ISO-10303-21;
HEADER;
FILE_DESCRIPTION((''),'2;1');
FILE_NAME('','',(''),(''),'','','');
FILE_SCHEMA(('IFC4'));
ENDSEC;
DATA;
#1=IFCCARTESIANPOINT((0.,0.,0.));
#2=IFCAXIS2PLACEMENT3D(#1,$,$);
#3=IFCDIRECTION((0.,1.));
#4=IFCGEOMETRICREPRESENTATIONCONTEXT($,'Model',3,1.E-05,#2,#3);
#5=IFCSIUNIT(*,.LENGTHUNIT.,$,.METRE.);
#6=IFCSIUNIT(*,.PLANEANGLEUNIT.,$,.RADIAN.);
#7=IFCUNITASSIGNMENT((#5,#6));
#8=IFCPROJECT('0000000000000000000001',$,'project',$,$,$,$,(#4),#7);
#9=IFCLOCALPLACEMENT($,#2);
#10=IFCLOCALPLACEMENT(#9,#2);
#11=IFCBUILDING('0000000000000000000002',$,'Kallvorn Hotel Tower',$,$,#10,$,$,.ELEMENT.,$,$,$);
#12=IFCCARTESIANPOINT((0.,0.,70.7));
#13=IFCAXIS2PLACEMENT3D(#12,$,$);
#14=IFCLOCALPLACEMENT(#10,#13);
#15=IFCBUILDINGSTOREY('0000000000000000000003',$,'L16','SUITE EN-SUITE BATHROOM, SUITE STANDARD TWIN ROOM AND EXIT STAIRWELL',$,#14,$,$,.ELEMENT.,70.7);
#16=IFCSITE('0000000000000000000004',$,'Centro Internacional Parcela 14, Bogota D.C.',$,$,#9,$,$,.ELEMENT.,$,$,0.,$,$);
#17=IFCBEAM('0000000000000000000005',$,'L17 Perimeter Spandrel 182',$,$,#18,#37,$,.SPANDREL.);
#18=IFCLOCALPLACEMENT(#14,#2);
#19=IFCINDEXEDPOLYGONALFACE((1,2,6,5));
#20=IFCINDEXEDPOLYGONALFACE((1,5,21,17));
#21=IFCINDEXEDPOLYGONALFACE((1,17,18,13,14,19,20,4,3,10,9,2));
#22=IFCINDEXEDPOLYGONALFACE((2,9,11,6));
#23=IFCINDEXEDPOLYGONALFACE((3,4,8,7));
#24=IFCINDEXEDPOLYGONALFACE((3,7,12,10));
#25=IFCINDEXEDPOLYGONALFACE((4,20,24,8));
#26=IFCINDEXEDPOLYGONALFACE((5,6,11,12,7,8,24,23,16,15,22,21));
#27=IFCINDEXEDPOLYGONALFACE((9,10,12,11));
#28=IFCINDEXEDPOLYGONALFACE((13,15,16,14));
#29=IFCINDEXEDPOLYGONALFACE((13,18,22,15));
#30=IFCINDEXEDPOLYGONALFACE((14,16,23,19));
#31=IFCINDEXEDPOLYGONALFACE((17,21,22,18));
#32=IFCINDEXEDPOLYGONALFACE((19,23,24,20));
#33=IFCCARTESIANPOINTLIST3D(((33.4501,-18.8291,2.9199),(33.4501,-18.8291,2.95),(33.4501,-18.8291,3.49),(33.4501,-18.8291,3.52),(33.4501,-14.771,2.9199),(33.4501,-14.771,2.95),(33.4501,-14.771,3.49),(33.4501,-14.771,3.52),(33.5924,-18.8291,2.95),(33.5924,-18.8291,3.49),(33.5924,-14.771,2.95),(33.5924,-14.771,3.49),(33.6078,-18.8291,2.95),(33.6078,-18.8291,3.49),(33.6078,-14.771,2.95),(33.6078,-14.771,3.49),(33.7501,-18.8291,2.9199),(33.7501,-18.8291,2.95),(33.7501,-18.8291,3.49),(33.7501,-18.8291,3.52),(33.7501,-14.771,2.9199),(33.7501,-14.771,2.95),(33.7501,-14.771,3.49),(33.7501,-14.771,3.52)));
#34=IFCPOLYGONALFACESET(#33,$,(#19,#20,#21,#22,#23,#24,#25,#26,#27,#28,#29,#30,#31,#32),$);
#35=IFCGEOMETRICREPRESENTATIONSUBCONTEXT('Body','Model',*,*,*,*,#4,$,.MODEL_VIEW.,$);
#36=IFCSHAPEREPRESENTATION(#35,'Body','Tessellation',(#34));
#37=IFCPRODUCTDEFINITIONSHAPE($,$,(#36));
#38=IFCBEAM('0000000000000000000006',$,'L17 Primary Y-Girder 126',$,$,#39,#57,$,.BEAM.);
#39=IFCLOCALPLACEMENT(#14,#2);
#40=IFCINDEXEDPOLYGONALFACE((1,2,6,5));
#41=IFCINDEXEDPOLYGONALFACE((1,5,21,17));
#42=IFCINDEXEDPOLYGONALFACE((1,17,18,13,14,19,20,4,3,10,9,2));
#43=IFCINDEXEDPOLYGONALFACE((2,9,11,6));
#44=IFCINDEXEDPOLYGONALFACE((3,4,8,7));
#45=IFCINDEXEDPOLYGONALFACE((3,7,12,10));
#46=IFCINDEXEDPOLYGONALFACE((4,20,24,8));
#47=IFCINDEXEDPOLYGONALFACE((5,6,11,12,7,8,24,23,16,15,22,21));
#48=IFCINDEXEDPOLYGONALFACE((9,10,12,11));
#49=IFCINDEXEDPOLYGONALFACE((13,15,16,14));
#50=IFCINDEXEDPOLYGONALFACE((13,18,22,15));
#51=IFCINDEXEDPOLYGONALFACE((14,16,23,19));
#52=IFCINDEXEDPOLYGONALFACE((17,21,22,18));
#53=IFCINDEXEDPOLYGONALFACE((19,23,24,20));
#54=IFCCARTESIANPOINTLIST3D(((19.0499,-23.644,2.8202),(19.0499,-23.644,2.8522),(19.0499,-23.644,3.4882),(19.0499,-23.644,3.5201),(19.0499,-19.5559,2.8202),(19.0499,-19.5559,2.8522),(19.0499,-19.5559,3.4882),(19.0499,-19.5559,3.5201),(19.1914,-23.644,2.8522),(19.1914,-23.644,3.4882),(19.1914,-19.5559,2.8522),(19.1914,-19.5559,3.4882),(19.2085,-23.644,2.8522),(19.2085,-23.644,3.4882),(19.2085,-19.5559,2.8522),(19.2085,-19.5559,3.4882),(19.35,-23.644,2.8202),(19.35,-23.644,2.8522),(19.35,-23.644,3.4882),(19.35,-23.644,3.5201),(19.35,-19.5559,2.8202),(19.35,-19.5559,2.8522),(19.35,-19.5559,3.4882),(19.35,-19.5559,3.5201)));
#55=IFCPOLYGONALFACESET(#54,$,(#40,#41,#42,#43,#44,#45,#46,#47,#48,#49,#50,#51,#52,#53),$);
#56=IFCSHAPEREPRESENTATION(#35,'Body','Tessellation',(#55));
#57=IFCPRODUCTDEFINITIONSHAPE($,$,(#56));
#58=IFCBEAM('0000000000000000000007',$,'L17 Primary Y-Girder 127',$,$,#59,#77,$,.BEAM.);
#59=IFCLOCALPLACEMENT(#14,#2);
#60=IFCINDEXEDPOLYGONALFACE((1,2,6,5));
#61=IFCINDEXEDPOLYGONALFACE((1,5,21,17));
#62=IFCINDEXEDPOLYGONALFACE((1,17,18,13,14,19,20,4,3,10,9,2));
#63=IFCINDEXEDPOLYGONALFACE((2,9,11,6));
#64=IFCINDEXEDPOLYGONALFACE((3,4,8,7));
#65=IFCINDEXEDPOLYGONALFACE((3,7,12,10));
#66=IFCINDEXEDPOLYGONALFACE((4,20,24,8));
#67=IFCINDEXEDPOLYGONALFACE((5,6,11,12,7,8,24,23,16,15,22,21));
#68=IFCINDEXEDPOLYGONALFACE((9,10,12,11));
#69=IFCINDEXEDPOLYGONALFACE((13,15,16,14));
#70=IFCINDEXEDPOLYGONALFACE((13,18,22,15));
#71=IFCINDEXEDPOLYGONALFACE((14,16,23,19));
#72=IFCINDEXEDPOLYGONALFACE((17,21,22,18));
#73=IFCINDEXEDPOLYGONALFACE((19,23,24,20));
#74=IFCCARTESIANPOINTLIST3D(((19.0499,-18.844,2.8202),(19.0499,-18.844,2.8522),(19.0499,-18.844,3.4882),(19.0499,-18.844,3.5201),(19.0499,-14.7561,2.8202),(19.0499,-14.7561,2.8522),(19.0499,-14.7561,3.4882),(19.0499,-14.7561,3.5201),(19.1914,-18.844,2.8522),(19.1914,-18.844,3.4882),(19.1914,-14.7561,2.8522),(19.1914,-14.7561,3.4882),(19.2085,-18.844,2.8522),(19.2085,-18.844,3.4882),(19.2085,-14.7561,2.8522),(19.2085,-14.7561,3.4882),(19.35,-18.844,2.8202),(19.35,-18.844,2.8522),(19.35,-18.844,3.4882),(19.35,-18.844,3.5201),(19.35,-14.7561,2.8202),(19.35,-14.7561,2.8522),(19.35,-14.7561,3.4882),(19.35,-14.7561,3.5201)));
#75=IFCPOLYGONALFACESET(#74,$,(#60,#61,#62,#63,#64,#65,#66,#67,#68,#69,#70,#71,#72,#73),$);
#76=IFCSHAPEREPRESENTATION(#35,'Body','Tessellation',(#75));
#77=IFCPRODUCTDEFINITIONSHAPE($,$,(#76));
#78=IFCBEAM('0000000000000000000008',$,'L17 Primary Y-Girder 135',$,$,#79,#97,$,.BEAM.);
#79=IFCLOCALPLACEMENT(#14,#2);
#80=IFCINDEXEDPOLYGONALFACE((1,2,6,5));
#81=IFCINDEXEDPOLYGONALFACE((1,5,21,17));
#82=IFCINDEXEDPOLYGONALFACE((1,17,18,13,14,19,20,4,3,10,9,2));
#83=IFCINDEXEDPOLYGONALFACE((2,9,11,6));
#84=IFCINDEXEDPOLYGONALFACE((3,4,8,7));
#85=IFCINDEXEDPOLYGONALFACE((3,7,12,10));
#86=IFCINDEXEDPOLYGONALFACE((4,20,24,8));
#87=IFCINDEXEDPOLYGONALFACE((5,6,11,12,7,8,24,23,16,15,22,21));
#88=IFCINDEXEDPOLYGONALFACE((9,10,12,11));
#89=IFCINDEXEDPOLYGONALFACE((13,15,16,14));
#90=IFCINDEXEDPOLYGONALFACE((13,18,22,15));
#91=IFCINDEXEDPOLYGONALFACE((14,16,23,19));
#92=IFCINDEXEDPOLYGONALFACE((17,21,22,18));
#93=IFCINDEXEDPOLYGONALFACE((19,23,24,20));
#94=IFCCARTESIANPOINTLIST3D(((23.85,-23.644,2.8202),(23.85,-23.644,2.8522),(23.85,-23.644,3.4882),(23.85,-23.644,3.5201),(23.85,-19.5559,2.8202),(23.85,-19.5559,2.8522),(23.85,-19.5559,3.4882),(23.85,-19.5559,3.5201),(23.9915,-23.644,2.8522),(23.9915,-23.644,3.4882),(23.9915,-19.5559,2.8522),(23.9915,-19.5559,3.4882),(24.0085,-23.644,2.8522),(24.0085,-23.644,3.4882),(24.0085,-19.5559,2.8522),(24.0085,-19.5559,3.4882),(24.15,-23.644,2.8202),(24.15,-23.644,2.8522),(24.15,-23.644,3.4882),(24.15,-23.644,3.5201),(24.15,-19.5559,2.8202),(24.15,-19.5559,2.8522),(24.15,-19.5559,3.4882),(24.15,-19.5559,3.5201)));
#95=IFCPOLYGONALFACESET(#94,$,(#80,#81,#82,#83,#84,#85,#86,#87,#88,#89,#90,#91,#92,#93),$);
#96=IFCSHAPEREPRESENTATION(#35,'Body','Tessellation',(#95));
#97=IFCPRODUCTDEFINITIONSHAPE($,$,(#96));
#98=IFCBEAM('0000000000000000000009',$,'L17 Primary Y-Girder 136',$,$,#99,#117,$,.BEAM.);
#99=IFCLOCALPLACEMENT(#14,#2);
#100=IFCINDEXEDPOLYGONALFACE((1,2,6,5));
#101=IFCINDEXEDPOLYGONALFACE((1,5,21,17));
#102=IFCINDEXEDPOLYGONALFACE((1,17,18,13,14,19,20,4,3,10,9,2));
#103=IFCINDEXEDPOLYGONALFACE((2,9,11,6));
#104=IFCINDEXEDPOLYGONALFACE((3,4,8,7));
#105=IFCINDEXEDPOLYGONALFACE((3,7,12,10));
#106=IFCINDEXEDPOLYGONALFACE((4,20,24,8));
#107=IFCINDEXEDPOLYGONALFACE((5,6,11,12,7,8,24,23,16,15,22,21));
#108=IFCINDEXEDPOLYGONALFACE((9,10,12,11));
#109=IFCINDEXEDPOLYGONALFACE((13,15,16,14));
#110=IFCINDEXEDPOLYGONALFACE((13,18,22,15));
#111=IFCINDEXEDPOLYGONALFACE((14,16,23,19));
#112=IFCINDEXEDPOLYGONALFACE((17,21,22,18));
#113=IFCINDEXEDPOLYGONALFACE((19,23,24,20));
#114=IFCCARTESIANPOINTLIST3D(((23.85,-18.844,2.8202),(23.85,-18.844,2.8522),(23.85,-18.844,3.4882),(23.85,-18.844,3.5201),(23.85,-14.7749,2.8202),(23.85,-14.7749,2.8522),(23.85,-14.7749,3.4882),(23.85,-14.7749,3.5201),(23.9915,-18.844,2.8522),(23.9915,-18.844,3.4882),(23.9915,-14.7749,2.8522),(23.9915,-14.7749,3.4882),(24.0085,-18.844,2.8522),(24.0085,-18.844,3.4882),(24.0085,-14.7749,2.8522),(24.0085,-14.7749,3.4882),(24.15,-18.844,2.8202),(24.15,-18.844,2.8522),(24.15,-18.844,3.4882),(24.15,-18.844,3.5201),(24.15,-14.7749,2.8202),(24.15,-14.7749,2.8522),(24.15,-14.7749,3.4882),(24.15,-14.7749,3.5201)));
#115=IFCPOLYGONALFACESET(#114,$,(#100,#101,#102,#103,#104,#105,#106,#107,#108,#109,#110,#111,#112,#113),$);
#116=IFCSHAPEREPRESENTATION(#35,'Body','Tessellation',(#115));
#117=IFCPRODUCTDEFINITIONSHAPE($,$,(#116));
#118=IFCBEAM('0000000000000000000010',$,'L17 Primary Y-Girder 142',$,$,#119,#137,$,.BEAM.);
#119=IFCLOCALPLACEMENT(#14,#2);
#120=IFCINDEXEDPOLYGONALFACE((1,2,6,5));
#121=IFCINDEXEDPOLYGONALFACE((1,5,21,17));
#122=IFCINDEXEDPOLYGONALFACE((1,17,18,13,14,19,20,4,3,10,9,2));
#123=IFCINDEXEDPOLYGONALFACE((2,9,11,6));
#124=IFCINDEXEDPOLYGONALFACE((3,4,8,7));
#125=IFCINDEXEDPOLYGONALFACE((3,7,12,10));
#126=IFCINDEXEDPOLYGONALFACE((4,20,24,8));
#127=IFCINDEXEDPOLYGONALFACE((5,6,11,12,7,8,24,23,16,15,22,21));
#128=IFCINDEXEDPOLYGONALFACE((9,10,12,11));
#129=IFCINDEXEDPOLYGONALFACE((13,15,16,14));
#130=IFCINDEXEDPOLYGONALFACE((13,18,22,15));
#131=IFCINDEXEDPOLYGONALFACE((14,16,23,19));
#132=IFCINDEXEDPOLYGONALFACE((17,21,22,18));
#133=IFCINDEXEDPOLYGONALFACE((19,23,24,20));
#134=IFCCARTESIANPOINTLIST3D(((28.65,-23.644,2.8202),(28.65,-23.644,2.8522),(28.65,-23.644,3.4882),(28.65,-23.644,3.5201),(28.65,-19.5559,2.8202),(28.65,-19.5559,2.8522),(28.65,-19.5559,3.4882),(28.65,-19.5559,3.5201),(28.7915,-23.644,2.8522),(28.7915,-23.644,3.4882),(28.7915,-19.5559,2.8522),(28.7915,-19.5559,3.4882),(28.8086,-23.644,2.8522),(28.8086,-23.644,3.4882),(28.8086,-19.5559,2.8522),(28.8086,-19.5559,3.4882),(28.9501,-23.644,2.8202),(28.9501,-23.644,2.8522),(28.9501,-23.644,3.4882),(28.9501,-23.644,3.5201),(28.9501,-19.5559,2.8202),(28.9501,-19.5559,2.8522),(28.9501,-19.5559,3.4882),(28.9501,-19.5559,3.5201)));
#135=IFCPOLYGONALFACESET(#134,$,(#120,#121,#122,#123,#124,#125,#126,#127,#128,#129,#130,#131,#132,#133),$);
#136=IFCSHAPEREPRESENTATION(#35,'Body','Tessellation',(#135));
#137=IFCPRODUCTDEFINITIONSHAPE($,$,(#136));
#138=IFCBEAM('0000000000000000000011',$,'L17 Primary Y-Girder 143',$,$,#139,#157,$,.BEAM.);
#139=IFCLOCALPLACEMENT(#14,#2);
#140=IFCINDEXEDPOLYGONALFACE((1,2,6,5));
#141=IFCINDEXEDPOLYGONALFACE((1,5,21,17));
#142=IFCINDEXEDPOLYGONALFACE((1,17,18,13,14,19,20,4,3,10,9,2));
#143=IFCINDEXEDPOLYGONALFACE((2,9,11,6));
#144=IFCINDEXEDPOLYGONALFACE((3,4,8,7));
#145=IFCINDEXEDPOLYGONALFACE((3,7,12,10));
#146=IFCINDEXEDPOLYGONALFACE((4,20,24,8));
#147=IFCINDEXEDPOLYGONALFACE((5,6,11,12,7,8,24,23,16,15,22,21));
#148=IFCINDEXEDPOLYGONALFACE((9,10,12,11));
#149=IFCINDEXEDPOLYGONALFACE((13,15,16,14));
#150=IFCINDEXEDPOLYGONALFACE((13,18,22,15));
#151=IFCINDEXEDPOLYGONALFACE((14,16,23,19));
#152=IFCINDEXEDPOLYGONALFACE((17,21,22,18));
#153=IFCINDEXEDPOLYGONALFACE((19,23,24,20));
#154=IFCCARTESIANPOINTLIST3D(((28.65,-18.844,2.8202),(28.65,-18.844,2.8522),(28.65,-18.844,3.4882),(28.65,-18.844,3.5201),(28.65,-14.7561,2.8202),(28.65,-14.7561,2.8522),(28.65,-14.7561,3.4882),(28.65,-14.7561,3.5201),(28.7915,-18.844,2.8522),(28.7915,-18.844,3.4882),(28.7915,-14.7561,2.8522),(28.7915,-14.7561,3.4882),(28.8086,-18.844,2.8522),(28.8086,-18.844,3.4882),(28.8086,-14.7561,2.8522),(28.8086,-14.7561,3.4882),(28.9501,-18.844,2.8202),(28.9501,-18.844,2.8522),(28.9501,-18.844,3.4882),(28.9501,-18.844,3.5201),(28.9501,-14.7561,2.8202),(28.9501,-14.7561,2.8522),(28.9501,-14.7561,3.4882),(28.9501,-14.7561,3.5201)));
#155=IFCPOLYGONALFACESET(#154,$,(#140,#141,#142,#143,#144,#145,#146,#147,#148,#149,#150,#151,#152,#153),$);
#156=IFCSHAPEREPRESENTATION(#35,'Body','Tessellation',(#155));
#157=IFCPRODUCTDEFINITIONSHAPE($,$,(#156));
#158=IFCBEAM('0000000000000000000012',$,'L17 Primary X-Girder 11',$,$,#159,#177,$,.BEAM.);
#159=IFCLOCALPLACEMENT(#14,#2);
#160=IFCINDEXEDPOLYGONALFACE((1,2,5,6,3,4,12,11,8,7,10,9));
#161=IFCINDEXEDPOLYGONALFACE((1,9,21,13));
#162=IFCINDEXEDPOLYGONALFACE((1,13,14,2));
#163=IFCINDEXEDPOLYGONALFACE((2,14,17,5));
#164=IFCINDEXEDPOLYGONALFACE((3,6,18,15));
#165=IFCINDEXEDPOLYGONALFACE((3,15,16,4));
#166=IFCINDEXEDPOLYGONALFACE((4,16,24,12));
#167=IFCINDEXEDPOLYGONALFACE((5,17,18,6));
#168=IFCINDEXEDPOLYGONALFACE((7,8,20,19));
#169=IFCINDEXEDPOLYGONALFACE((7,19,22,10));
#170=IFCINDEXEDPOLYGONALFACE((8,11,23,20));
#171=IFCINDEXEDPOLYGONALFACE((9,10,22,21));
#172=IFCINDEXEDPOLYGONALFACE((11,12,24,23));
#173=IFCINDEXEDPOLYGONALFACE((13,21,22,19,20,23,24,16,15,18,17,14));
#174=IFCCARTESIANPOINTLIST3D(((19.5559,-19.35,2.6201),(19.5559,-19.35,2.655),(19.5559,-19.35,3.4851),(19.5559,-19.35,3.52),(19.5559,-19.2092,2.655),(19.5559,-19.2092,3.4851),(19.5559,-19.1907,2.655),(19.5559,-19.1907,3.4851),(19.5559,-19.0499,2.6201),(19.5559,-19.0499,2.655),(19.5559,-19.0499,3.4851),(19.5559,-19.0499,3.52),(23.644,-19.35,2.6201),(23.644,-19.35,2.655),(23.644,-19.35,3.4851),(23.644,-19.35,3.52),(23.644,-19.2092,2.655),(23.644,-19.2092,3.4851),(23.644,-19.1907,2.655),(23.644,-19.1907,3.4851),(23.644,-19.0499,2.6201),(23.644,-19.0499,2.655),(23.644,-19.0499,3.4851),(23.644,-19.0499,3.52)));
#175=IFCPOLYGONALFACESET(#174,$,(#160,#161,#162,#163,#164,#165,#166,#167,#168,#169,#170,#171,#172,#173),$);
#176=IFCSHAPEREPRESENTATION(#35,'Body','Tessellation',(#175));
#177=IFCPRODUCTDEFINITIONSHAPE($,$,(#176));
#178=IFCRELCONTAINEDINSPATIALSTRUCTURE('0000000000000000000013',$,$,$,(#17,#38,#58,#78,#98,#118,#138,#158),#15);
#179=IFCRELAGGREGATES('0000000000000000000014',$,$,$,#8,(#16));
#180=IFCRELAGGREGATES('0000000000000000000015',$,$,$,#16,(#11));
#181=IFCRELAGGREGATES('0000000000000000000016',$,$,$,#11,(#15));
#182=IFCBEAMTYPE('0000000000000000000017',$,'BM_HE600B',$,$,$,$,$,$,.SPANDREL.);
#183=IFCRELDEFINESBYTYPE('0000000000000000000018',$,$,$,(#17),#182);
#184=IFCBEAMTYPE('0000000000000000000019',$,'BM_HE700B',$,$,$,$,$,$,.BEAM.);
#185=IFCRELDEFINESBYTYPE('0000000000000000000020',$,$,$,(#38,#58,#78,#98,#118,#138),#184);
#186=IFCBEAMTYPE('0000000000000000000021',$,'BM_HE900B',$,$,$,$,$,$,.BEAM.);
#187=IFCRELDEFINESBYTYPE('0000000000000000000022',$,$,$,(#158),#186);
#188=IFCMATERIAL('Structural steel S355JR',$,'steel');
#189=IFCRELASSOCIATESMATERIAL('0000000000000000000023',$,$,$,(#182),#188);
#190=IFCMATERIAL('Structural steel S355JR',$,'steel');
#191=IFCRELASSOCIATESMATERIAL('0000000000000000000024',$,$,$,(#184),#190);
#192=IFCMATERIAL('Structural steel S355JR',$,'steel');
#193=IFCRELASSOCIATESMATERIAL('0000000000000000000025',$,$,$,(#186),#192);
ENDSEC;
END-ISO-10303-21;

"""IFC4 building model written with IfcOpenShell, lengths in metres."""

from ifc_helpers import new_model, si_unit, direction, frame, origin, origin_2d, place, context, subcontext, project, spatial, i_section, extrude, material, material_profile, profile_set, type_object, element, save


model = new_model("IFC4")

# Units and contexts
model_context = context("Model", 3, precision=1e-05, world=origin(), true_north=direction((0.0, 1.0)))
body_context = subcontext(model_context, "Body", "Model", "MODEL_VIEW")
ifc_project = project(units=[si_unit("LENGTHUNIT", "METRE"), si_unit("PLANEANGLEUNIT", "RADIAN")], contexts=[model_context])

# Site, building, storey
site_placement = place(None, origin())
site = spatial("IfcSite", under=ifc_project, at=site_placement, Name="Centro Internacional Parcela 14, Bogota D.C.", CompositionType="ELEMENT", RefElevation=0.0)
building_placement = place(site_placement, origin())
building = spatial("IfcBuilding", under=site, at=building_placement, Name="Kallvorn Hotel Tower", CompositionType="ELEMENT")
storey_placement = place(building_placement, frame((0.0, 0.0, 70.7)))
storey = spatial("IfcBuildingStorey", under=building, at=storey_placement, Name="L16", Description="SUITE EN-SUITE BATHROOM, SUITE STANDARD TWIN ROOM AND EXIT STAIRWELL", CompositionType="ELEMENT", Elevation=70.7)

# Beams
ifc_material_1 = material(Name="Structural steel S355JR", Category="steel")
ifc_material_profile_1 = material_profile(ifc_material_1, i_section(OverallWidth=0.3, OverallDepth=0.6001, WebThickness=0.0154, FlangeThickness=0.03, at=origin_2d()), Name="HE 600 B")
ifc_profile_set_1 = profile_set([ifc_material_profile_1], Name="Structural steel S355JR")
beam_type_1 = type_object("IfcBeamType", Name="BM_HE600B", PredefinedType="SPANDREL", material=ifc_profile_set_1)
beam_1_placement = place(storey_placement, frame((33.6001, -18.8291, 3.22), z_axis=(0.0, 1.0, 0.0), x_axis=(-1.0, 0.0, 0.0)))
element("IfcBeam", 1, at=beam_1_placement, inside=storey, type_object=beam_type_1, Name="L17 Perimeter Spandrel 182", PredefinedType="SPANDREL", context=body_context, shape_type="SweptSolid", body=[
    extrude(i_section(OverallWidth=0.3, OverallDepth=0.6001, WebThickness=0.0154, FlangeThickness=0.03, at=origin_2d()), origin(), (0.0, 0.0, 1.0), 4.0581),
])
ifc_material_2 = material(Name="Structural steel S355JR", Category="steel")
ifc_material_profile_2 = material_profile(ifc_material_2, i_section(OverallWidth=0.3, OverallDepth=0.7, WebThickness=0.0171, FlangeThickness=0.032, at=origin_2d()), Name="HE 700 B")
ifc_profile_set_2 = profile_set([ifc_material_profile_2], Name="Structural steel S355JR")
beam_type_2 = type_object("IfcBeamType", Name="BM_HE700B", PredefinedType="BEAM", material=ifc_profile_set_2)
beam_2_placement = place(storey_placement, frame((19.2, -23.644, 3.1702), z_axis=(0.0, 1.0, 0.0), x_axis=(-1.0, 0.0, 0.0)))
element("IfcBeam", 2, at=beam_2_placement, inside=storey, type_object=beam_type_2, Name="L17 Primary Y-Girder 126", PredefinedType="BEAM", context=body_context, shape_type="SweptSolid", body=[
    extrude(i_section(OverallWidth=0.3, OverallDepth=0.7, WebThickness=0.0171, FlangeThickness=0.032, at=origin_2d()), origin(), (0.0, 0.0, 1.0), 4.0881),
])
beam_3_placement = place(storey_placement, frame((19.2, -18.844, 3.1702), z_axis=(0.0, 1.0, 0.0), x_axis=(-1.0, 0.0, 0.0)))
element("IfcBeam", 3, at=beam_3_placement, inside=storey, type_object=beam_type_2, Name="L17 Primary Y-Girder 127", PredefinedType="BEAM", context=body_context, shape_type="SweptSolid", body=[
    extrude(i_section(OverallWidth=0.3, OverallDepth=0.7, WebThickness=0.0171, FlangeThickness=0.032, at=origin_2d()), origin(), (0.0, 0.0, 1.0), 4.0879),
])
beam_4_placement = place(storey_placement, frame((24.0, -23.644, 3.1702), z_axis=(0.0, 1.0, 0.0), x_axis=(-1.0, 0.0, 0.0)))
element("IfcBeam", 4, at=beam_4_placement, inside=storey, type_object=beam_type_2, Name="L17 Primary Y-Girder 135", PredefinedType="BEAM", context=body_context, shape_type="SweptSolid", body=[
    extrude(i_section(OverallWidth=0.3, OverallDepth=0.7, WebThickness=0.0171, FlangeThickness=0.032, at=origin_2d()), origin(), (0.0, 0.0, 1.0), 4.0881),
])
beam_5_placement = place(storey_placement, frame((24.0, -18.844, 3.1702), z_axis=(0.0, 1.0, 0.0), x_axis=(-1.0, 0.0, 0.0)))
element("IfcBeam", 5, at=beam_5_placement, inside=storey, type_object=beam_type_2, Name="L17 Primary Y-Girder 136", PredefinedType="BEAM", context=body_context, shape_type="SweptSolid", body=[
    extrude(i_section(OverallWidth=0.3, OverallDepth=0.7, WebThickness=0.0171, FlangeThickness=0.032, at=origin_2d()), origin(), (0.0, 0.0, 1.0), 4.0691),
])
beam_6_placement = place(storey_placement, frame((28.8, -23.644, 3.1702), z_axis=(0.0, 1.0, 0.0), x_axis=(-1.0, 0.0, 0.0)))
element("IfcBeam", 6, at=beam_6_placement, inside=storey, type_object=beam_type_2, Name="L17 Primary Y-Girder 142", PredefinedType="BEAM", context=body_context, shape_type="SweptSolid", body=[
    extrude(i_section(OverallWidth=0.3, OverallDepth=0.7, WebThickness=0.0171, FlangeThickness=0.032, at=origin_2d()), origin(), (0.0, 0.0, 1.0), 4.0881),
])
beam_7_placement = place(storey_placement, frame((28.8, -18.844, 3.1702), z_axis=(0.0, 1.0, 0.0), x_axis=(-1.0, 0.0, 0.0)))
element("IfcBeam", 7, at=beam_7_placement, inside=storey, type_object=beam_type_2, Name="L17 Primary Y-Girder 143", PredefinedType="BEAM", context=body_context, shape_type="SweptSolid", body=[
    extrude(i_section(OverallWidth=0.3, OverallDepth=0.7, WebThickness=0.0171, FlangeThickness=0.032, at=origin_2d()), origin(), (0.0, 0.0, 1.0), 4.0879),
])
ifc_material_3 = material(Name="Structural steel S355JR", Category="steel")
ifc_material_profile_3 = material_profile(ifc_material_3, i_section(OverallWidth=0.3, OverallDepth=0.8999, WebThickness=0.0186, FlangeThickness=0.0349, at=origin_2d()), Name="HE 900 B")
ifc_profile_set_3 = profile_set([ifc_material_profile_3], Name="Structural steel S355JR")
beam_type_3 = type_object("IfcBeamType", Name="BM_HE900B", PredefinedType="BEAM", material=ifc_profile_set_3)
for number, where, z_axis, x_axis, name in (
    (8, (19.5559, -19.2, 3.0701), (1.0, 0.0, 0.0), (0.0, 1.0, 0.0), "L17 Primary X-Girder 11"),
):
    element("IfcBeam", number, at=place(storey_placement, frame(where, z_axis=z_axis, x_axis=x_axis)), inside=storey, type_object=beam_type_3, Name=name, PredefinedType="BEAM", context=body_context, shape_type="SweptSolid", body=[
        extrude(i_section(OverallWidth=0.3, OverallDepth=0.8999, WebThickness=0.0186, FlangeThickness=0.0349, at=origin_2d()), origin(), (0.0, 0.0, 1.0), 4.0881),
    ])

save(model, "model.ifc")
